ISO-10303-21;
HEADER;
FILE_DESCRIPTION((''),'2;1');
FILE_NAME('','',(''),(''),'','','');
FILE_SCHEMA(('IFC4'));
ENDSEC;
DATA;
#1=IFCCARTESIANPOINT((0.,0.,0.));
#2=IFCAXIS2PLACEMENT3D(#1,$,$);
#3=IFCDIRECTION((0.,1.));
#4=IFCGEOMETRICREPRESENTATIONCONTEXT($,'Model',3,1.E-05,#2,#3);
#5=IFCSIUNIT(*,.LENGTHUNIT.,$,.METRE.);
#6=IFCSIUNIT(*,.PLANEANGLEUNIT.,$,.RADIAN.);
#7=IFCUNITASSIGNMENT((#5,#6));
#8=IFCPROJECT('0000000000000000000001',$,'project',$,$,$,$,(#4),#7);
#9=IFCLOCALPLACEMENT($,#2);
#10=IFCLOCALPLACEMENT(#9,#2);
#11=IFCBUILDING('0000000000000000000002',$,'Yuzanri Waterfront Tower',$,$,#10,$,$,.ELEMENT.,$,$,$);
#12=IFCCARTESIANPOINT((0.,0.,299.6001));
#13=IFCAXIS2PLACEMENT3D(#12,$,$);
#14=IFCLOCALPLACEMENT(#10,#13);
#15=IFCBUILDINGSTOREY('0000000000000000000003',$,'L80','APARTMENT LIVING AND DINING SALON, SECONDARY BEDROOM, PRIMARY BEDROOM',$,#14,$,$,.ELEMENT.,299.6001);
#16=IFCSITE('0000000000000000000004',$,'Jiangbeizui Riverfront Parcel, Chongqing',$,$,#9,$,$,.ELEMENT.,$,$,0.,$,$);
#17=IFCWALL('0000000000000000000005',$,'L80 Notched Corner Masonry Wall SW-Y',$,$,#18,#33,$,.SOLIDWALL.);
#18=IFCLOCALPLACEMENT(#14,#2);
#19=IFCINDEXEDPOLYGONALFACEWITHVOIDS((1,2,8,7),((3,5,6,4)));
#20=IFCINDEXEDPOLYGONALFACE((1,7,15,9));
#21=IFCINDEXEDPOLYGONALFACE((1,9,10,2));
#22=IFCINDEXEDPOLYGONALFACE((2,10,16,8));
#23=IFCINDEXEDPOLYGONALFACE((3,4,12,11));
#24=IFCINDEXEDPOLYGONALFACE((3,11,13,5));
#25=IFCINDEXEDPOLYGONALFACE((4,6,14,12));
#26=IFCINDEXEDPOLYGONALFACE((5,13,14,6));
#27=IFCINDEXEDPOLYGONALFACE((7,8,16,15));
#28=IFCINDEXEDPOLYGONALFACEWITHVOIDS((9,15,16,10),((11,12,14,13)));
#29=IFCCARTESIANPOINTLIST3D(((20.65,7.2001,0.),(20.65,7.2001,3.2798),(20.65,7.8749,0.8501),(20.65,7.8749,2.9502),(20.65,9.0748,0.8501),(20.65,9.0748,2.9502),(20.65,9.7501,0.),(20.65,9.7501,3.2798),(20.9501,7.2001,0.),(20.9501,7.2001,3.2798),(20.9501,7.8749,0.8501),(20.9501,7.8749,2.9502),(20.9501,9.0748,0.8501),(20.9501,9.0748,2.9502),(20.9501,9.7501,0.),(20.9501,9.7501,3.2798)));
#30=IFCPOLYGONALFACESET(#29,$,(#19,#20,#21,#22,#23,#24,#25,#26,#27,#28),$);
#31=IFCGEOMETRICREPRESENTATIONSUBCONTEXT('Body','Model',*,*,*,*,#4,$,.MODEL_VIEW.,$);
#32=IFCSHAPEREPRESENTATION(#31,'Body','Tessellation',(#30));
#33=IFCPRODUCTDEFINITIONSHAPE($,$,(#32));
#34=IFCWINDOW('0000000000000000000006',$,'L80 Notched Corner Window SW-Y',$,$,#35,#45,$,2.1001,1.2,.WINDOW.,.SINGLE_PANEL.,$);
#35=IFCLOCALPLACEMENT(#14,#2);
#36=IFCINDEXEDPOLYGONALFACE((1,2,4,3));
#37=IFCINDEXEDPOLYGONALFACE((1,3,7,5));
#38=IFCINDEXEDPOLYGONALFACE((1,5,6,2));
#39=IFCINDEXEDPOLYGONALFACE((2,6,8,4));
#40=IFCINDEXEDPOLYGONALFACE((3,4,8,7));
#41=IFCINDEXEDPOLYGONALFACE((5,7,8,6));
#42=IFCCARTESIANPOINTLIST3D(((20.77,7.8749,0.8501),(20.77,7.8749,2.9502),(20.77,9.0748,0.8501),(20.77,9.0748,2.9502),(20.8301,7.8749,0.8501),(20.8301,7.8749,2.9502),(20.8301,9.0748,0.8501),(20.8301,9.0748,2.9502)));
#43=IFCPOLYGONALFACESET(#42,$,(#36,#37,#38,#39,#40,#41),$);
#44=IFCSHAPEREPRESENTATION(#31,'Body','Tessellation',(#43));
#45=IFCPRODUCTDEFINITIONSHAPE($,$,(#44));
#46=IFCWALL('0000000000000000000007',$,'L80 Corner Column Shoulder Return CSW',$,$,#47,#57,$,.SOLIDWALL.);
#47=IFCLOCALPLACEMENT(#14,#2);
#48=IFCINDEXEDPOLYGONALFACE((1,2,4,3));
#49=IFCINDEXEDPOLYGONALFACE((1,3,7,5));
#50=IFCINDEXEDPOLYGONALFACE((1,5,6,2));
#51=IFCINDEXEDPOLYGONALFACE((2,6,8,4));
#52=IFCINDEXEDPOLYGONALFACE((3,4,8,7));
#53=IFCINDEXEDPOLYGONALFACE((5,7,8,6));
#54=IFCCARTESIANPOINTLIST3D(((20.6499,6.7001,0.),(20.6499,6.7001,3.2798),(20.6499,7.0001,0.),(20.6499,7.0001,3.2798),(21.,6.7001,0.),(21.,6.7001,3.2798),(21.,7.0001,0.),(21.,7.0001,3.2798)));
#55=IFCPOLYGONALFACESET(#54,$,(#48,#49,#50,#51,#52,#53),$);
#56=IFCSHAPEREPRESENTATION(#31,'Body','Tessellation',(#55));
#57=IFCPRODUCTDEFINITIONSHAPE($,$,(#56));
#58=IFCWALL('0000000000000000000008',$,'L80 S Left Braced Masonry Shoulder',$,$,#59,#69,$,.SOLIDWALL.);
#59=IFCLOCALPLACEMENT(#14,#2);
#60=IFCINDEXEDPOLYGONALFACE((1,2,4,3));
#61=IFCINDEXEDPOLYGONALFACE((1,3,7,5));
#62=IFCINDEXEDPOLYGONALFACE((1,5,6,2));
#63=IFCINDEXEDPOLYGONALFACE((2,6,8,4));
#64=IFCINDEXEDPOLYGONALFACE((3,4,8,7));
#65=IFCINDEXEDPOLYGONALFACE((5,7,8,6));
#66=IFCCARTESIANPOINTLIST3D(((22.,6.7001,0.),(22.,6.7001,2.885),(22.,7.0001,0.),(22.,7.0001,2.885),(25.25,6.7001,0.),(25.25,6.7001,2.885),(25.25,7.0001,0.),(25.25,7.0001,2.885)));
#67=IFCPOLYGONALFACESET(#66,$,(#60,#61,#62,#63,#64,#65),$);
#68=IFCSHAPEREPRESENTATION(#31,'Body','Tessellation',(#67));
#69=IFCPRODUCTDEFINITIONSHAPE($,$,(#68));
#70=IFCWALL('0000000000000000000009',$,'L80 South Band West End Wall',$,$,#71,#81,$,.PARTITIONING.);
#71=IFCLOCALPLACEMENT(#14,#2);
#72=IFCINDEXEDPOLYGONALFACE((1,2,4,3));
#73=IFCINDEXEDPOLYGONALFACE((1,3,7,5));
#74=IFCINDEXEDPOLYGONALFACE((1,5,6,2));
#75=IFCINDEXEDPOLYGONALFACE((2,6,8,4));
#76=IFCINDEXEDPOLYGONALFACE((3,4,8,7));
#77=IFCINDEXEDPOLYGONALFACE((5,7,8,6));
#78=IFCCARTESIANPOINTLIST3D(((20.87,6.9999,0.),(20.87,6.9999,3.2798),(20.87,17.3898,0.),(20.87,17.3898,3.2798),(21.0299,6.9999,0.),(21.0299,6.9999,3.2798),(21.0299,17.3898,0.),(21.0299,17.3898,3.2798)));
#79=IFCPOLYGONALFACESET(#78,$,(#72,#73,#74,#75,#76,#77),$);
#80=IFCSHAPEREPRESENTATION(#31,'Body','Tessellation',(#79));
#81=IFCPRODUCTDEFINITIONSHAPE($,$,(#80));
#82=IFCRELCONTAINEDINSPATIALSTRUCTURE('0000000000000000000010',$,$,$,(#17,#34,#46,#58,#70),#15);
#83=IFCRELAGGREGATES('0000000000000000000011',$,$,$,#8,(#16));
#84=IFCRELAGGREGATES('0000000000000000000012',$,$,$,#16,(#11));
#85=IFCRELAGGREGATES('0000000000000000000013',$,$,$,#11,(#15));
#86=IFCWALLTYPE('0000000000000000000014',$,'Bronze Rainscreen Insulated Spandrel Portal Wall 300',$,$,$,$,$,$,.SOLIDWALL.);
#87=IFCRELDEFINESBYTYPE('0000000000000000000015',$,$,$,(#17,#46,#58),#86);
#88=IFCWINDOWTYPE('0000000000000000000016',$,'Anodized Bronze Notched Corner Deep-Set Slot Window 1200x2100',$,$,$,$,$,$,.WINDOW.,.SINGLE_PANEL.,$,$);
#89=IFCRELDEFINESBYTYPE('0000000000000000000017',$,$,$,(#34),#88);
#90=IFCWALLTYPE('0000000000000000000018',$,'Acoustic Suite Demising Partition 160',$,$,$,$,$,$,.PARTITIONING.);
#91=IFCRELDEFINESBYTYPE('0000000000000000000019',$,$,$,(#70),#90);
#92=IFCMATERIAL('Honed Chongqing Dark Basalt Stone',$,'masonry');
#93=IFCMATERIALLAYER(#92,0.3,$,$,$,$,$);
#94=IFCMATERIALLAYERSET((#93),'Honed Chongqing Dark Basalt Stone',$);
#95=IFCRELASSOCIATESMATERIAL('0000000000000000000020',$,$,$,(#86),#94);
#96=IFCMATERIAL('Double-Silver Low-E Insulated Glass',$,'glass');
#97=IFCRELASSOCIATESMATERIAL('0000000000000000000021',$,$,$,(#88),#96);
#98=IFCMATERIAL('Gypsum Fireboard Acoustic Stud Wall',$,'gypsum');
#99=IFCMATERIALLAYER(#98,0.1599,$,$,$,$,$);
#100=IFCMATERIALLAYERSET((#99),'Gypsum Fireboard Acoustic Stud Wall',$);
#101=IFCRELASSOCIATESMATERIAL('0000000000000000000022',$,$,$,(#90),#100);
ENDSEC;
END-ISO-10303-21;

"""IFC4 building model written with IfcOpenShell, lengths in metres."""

from ifc_helpers import new_model, si_unit, direction, frame, frame_2d, origin, place, context, subcontext, project, spatial, rectangle, extrude, source, transform, mapped, material, layer, layer_set, type_object, element, fill, save


model = new_model("IFC4")

# Units and contexts
model_context = context("Model", 3, precision=1e-05, world=origin(), true_north=direction((0.0, 1.0)))
body_context = subcontext(model_context, "Body", "Model", "MODEL_VIEW")
ifc_project = project(units=[si_unit("LENGTHUNIT", "METRE"), si_unit("PLANEANGLEUNIT", "RADIAN")], contexts=[model_context])

# Site, building, storey
site_placement = place(None, origin())
site = spatial("IfcSite", under=ifc_project, at=site_placement, Name="Jiangbeizui Riverfront Parcel, Chongqing", CompositionType="ELEMENT", RefElevation=0.0)
building_placement = place(site_placement, origin())
building = spatial("IfcBuilding", under=site, at=building_placement, Name="Yuzanri Waterfront Tower", CompositionType="ELEMENT")
storey_placement = place(building_placement, frame((0.0, 0.0, 299.6001)))
storey = spatial("IfcBuildingStorey", under=building, at=storey_placement, Name="L80", Description="APARTMENT LIVING AND DINING SALON, SECONDARY BEDROOM, PRIMARY BEDROOM", CompositionType="ELEMENT", Elevation=299.6001)

# Wall, opening, window
ifc_material_1 = material(Name="Honed Chongqing Dark Basalt Stone", Category="masonry")
ifc_layer_1 = layer(ifc_material_1, 0.3)
ifc_layer_set_1 = layer_set([ifc_layer_1], Name="Honed Chongqing Dark Basalt Stone")
wall_type_1 = type_object("IfcWallType", Name="Bronze Rainscreen Insulated Spandrel Portal Wall 300", PredefinedType="SOLIDWALL", material=ifc_layer_set_1)
wall_1_placement = place(storey_placement, frame((20.8, 9.75, 0.0), z_axis=(0.0, 0.0, 1.0), x_axis=(0.0, -1.0, 0.0)))
wall_1 = element("IfcWall", 1, at=wall_1_placement, inside=storey, type_object=wall_type_1, Name="L80 Notched Corner Masonry Wall SW-Y", PredefinedType="SOLIDWALL", context=body_context, shape_type="SweptSolid", body=[
    extrude(rectangle(XDim=2.55, YDim=0.3, at=frame_2d((1.2749, 0.0))), origin(), (0.0, 0.0, 1.0), 3.2798),
])
opening_1_placement = place(wall_1_placement, frame((0.675, 0.0, 0.8501)))
opening_1 = element("IfcOpeningElement", 2, at=opening_1_placement, cuts=wall_1, PredefinedType="OPENING", context=body_context, shape_type="SweptSolid", body=[
    extrude(rectangle(XDim=1.2, YDim=2.1001, at=frame_2d((0.6001, 1.05))), frame((0.0, 0.165, 0.0), z_axis=(0.0, -1.0, 0.0), x_axis=(1.0, 0.0, 0.0)), (0.0, 0.0, 1.0), 0.3298),
])
ifc_material_2 = material(Name="Double-Silver Low-E Insulated Glass", Category="glass")
window_type_1 = type_object("IfcWindowType", Name="Anodized Bronze Notched Corner Deep-Set Slot Window 1200x2100", PartitioningType="SINGLE_PANEL", PredefinedType="WINDOW", material=ifc_material_2)
shared_shape_1 = source(origin(), body_context, "Body", "SweptSolid", [
    extrude(rectangle(XDim=1.2, YDim=2.1001, at=frame_2d((0.6001, 1.05))), frame((0.0, 0.03, 0.0), z_axis=(0.0, -1.0, 0.0), x_axis=(1.0, 0.0, 0.0)), (0.0, 0.0, 1.0), 0.0601),
])
window_1_placement = place(opening_1_placement, origin())
window_1 = element("IfcWindow", 3, at=window_1_placement, inside=storey, type_object=window_type_1, Name="L80 Notched Corner Window SW-Y", OverallHeight=2.1001, OverallWidth=1.2, PartitioningType="SINGLE_PANEL", PredefinedType="WINDOW", context=body_context, shape_type="MappedRepresentation", body=[
    mapped(shared_shape_1, transform((0.0, 0.0, 0.0), scale=1.0)),
])
fill(opening_1, window_1)

# Walls
shared_shape_2 = source(origin(), body_context, "Body", "SweptSolid", [
    extrude(rectangle(XDim=0.3501, YDim=0.3, at=frame_2d((0.175, 0.0))), origin(), (0.0, 0.0, 1.0), 3.2798),
])
wall_2_placement = place(storey_placement, frame((20.6499, 6.8501, 0.0), z_axis=(0.0, 0.0, 1.0), x_axis=(1.0, 0.0, 0.0)))
element("IfcWall", 4, at=wall_2_placement, inside=storey, type_object=wall_type_1, Name="L80 Corner Column Shoulder Return CSW", PredefinedType="SOLIDWALL", context=body_context, shape_type="MappedRepresentation", body=[
    mapped(shared_shape_2, transform((0.0, 0.0, 0.0), scale=1.0)),
])
shared_shape_3 = source(origin(), body_context, "Body", "SweptSolid", [
    extrude(rectangle(XDim=3.25, YDim=0.3, at=frame_2d((1.625, 0.0))), origin(), (0.0, 0.0, 1.0), 2.885),
])
wall_3_placement = place(storey_placement, frame((22.0, 6.8501, 0.0), z_axis=(0.0, 0.0, 1.0), x_axis=(1.0, 0.0, 0.0)))
element("IfcWall", 5, at=wall_3_placement, inside=storey, type_object=wall_type_1, Name="L80 S Left Braced Masonry Shoulder", PredefinedType="SOLIDWALL", context=body_context, shape_type="MappedRepresentation", body=[
    mapped(shared_shape_3, transform((0.0, 0.0, 0.0), scale=1.0)),
])
ifc_material_3 = material(Name="Gypsum Fireboard Acoustic Stud Wall", Category="gypsum")
ifc_layer_2 = layer(ifc_material_3, 0.1599)
ifc_layer_set_2 = layer_set([ifc_layer_2], Name="Gypsum Fireboard Acoustic Stud Wall")
wall_type_2 = type_object("IfcWallType", Name="Acoustic Suite Demising Partition 160", PredefinedType="PARTITIONING", material=ifc_layer_set_2)
shared_shape_4 = source(origin(), body_context, "Body", "SweptSolid", [
    extrude(rectangle(XDim=10.3899, YDim=0.1599, at=frame_2d((5.1948, 0.0))), origin(), (0.0, 0.0, 1.0), 3.2798),
])
wall_4_placement = place(storey_placement, frame((20.95, 7.0, 0.0), z_axis=(0.0, 0.0, 1.0), x_axis=(0.0, 1.0, 0.0)))
element("IfcWall", 6, at=wall_4_placement, inside=storey, type_object=wall_type_2, Name="L80 South Band West End Wall", PredefinedType="PARTITIONING", context=body_context, shape_type="MappedRepresentation", body=[
    mapped(shared_shape_4, transform((0.0, 0.0, 0.0), scale=1.0)),
])

save(model, "model.ifc")
